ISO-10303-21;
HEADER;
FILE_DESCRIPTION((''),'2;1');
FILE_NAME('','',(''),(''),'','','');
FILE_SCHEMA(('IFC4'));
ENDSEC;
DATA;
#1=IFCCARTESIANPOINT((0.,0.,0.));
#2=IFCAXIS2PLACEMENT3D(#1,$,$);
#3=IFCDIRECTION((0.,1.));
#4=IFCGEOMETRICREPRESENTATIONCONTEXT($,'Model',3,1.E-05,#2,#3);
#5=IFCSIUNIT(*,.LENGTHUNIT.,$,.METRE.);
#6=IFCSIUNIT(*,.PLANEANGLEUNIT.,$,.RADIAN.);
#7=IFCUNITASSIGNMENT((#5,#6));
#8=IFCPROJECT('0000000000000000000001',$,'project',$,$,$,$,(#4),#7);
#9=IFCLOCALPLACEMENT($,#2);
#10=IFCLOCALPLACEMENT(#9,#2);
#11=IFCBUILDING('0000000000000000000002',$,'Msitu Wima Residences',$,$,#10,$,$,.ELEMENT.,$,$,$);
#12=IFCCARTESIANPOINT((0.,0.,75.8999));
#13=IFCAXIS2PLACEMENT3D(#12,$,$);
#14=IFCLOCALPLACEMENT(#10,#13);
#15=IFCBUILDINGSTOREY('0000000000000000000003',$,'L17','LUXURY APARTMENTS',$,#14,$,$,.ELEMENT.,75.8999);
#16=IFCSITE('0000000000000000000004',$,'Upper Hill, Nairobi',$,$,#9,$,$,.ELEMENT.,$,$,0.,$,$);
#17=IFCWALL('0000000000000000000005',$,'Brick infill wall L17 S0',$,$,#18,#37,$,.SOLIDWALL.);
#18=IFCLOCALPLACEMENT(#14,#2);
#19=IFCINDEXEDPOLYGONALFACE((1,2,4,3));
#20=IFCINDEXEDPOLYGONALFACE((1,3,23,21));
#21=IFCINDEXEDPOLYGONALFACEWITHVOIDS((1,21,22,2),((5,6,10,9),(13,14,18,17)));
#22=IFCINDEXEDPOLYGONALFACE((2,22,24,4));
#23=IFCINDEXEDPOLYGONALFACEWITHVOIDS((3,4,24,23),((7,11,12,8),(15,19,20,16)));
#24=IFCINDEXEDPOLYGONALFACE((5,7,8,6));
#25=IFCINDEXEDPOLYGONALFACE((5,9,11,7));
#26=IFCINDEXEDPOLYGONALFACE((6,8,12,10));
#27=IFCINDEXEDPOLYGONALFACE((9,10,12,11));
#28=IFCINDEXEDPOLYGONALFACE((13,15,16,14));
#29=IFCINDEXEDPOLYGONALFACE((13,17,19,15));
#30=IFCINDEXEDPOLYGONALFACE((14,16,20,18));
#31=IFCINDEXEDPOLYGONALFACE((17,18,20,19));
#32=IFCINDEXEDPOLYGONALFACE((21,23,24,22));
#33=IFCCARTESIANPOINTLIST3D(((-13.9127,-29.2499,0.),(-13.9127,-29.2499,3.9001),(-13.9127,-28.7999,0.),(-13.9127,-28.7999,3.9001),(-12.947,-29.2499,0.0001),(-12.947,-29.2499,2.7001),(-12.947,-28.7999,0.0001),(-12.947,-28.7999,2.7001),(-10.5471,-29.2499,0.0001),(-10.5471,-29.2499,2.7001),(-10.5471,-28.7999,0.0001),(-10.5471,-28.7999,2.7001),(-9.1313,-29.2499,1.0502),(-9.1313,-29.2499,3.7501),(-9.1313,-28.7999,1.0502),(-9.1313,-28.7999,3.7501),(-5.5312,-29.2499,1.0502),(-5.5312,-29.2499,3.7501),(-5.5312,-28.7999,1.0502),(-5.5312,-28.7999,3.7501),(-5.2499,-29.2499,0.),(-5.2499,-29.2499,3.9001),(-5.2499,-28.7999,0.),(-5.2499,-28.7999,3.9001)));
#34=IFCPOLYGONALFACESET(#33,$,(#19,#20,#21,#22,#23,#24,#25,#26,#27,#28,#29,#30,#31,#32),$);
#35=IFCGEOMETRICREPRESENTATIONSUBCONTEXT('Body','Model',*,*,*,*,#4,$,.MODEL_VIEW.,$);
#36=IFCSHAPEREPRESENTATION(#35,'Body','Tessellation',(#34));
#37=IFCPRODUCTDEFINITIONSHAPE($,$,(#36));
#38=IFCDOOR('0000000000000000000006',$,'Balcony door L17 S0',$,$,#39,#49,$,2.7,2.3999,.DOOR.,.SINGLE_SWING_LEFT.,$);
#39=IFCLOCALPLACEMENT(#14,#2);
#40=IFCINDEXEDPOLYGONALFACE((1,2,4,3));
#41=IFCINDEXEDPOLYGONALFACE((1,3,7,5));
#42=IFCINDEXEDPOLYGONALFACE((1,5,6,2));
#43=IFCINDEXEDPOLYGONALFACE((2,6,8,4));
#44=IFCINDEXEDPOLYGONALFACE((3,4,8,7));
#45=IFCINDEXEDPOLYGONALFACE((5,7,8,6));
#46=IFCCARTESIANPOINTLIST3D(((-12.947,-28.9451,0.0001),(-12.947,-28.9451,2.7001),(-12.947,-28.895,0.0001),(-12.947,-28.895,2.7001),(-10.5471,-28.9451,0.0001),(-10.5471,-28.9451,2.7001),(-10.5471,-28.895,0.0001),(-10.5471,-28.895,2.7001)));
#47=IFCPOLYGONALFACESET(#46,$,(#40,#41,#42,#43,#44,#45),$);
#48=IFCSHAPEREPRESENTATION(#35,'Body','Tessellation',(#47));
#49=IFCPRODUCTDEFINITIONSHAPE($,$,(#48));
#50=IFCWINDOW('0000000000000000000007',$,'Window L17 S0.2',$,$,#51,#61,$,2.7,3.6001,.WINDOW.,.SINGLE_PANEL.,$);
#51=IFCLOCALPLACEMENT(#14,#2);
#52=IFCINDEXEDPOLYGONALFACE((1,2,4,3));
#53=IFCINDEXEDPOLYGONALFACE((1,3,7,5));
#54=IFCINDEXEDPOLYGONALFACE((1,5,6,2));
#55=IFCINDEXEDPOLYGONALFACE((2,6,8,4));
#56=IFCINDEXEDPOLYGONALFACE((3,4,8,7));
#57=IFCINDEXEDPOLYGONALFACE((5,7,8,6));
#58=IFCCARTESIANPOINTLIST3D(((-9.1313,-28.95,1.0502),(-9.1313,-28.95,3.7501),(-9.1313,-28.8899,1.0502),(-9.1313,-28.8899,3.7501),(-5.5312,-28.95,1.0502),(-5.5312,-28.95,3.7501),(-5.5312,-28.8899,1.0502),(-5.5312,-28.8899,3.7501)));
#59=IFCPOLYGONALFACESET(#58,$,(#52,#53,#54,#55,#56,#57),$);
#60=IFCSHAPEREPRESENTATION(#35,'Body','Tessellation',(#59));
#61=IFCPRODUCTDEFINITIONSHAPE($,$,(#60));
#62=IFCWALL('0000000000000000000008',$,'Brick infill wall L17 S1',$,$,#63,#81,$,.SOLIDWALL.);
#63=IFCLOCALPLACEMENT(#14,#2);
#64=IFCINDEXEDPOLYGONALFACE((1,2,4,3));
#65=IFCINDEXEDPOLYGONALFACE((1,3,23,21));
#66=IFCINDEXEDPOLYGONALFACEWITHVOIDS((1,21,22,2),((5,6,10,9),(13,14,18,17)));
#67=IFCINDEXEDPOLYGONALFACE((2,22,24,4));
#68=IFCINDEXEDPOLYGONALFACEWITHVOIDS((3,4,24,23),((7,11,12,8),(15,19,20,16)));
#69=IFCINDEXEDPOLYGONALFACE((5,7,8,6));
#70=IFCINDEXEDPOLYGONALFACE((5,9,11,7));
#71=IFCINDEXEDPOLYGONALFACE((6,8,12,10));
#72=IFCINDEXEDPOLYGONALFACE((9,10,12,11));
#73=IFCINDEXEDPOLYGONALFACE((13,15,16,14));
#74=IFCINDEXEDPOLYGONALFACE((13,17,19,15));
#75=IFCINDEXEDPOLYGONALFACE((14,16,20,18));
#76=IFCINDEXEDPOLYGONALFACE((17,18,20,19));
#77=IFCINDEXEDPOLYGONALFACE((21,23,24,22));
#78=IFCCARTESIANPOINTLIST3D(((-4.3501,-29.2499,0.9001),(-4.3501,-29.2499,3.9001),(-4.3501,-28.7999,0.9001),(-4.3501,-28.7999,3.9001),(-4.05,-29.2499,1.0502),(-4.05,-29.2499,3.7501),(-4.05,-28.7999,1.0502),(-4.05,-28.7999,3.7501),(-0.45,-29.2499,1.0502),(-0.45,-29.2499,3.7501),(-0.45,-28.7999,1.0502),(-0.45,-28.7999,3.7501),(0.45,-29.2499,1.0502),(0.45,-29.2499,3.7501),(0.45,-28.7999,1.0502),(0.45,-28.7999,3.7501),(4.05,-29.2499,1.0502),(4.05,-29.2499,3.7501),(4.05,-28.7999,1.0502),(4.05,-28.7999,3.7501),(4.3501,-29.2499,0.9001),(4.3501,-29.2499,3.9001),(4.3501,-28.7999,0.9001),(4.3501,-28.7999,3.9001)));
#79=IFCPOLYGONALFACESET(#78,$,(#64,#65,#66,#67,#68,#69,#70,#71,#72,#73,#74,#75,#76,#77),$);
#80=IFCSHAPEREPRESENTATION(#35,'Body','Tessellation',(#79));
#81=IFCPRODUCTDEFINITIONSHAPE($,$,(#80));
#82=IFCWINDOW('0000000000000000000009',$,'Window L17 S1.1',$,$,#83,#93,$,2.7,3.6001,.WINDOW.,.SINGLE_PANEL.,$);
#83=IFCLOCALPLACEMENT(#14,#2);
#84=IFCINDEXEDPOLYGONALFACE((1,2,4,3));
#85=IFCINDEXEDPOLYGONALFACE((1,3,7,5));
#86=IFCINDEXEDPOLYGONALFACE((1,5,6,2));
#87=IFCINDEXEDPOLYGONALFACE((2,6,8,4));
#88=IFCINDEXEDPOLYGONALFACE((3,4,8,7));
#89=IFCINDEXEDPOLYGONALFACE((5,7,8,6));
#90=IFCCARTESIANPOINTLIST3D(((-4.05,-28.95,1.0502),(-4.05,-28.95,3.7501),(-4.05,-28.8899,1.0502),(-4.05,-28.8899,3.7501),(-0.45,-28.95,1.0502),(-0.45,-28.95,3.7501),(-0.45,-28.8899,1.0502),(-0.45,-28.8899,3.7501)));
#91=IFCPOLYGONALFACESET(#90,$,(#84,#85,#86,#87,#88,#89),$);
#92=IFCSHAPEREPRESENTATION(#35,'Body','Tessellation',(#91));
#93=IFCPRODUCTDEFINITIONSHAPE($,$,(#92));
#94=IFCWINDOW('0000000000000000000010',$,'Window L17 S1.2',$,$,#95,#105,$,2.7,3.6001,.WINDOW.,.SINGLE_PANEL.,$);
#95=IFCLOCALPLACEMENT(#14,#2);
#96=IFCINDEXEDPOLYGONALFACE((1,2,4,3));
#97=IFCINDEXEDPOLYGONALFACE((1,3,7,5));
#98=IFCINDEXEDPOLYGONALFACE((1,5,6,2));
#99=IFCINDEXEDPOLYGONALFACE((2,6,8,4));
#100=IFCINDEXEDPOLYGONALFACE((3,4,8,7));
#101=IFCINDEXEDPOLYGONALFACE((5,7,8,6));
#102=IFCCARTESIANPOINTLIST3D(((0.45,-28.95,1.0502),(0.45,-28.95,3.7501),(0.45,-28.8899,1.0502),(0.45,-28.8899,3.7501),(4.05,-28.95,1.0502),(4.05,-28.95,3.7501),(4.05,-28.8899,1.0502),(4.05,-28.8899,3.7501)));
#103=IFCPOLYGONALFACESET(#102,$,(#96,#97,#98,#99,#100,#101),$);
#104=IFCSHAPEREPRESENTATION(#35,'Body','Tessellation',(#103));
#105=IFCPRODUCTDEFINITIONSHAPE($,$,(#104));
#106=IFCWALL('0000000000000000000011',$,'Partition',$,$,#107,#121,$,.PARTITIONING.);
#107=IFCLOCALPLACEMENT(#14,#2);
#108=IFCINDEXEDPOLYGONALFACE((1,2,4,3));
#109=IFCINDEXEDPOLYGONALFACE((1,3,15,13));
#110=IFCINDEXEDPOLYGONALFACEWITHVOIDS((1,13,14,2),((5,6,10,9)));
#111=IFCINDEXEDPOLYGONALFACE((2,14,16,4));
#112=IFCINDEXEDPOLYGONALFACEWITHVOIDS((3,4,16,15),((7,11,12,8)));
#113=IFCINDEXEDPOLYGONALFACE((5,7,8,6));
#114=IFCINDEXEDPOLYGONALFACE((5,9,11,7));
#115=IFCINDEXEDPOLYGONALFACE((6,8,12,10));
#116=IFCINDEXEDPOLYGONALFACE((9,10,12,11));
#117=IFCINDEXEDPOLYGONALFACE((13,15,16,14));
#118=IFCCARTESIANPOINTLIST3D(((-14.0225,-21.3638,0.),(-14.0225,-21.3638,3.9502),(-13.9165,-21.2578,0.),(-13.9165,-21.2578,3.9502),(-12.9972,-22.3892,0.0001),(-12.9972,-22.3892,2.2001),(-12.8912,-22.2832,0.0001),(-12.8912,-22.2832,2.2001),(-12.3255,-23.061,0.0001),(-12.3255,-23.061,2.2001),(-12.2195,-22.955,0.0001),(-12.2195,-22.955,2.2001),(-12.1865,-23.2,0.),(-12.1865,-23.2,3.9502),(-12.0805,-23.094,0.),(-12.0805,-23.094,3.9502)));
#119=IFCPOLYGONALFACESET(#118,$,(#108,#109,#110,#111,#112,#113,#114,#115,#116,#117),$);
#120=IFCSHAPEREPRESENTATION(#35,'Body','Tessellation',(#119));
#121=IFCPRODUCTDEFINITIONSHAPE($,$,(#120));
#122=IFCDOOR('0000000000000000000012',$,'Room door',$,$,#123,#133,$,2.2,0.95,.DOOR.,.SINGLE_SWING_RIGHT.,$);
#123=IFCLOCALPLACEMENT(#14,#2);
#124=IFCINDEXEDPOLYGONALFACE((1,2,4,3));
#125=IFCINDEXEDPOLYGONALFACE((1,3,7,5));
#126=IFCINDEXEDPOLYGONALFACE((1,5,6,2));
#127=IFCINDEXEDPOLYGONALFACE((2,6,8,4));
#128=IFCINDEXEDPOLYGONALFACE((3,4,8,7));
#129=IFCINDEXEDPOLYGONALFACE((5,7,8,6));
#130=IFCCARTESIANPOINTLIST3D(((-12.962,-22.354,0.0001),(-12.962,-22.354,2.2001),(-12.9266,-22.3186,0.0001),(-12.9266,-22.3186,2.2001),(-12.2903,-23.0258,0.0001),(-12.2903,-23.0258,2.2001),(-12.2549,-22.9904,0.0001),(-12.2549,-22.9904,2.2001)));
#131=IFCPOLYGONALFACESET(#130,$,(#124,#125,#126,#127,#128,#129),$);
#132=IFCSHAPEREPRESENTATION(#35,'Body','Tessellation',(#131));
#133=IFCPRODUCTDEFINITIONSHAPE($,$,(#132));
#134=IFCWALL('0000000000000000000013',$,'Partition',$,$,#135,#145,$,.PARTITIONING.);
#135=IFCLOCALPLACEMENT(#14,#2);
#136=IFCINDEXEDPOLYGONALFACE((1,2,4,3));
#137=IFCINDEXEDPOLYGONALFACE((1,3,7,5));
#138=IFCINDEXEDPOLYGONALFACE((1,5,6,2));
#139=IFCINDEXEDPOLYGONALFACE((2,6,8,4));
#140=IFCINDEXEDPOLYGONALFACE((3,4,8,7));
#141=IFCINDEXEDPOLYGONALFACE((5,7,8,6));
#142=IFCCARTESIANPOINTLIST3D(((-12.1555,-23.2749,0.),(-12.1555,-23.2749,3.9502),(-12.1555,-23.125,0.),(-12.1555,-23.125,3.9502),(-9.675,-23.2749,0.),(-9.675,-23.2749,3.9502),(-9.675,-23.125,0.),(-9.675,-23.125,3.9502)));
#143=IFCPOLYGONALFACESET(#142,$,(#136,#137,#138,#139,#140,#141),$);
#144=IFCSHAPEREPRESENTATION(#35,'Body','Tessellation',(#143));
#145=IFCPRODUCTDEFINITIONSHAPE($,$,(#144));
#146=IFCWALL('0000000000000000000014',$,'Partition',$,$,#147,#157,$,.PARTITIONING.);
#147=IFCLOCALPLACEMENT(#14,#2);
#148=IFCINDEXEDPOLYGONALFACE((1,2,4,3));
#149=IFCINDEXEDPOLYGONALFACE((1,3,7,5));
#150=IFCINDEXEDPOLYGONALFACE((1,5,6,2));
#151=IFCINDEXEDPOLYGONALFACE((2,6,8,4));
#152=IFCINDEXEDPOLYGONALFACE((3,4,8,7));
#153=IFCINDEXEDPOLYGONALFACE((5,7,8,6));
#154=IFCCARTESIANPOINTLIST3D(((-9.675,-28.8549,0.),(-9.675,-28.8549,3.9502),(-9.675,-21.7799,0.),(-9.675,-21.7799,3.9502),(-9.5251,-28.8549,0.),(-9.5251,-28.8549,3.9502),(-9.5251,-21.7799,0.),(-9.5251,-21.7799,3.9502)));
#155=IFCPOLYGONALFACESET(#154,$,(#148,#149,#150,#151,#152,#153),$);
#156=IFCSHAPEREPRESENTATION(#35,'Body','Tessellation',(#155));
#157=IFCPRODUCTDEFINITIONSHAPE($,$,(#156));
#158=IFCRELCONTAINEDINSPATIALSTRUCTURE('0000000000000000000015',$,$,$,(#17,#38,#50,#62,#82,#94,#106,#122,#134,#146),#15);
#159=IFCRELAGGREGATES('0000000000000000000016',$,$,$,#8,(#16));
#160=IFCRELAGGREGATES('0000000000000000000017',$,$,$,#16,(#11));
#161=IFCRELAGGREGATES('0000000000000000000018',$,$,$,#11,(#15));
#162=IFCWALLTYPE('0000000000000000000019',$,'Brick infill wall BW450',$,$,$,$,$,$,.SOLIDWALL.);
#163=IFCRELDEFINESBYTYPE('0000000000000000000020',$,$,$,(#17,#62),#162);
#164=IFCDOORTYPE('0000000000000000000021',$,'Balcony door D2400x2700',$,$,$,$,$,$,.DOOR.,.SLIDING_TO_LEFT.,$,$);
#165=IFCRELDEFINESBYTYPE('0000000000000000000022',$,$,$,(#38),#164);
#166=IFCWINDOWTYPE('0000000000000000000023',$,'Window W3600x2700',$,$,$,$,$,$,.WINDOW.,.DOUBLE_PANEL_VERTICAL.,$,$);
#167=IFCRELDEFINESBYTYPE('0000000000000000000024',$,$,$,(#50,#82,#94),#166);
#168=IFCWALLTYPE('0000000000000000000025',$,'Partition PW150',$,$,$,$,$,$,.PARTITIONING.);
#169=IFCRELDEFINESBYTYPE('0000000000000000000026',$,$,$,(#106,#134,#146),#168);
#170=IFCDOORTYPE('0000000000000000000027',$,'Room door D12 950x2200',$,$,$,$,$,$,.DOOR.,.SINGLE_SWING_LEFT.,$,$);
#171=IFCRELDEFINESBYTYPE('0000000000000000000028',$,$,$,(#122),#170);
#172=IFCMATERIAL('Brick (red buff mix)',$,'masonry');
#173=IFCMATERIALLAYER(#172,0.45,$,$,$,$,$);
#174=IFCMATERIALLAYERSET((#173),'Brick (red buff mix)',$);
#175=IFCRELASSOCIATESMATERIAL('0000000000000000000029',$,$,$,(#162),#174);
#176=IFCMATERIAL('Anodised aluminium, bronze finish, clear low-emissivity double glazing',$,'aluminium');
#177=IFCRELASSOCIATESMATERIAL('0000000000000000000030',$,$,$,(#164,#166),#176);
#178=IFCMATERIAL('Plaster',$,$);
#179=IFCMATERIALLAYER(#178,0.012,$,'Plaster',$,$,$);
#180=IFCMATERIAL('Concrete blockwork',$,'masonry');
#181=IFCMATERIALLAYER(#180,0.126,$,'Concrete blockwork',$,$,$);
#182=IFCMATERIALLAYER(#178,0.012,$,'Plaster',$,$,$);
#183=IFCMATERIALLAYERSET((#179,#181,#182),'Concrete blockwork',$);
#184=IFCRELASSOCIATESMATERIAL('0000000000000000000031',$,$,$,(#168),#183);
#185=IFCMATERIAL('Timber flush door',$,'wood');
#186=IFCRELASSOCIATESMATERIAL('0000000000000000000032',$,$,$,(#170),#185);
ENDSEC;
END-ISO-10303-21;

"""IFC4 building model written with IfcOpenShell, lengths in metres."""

from ifc_helpers import new_model, si_unit, direction, frame, frame_2d, origin, place, context, subcontext, project, spatial, rectangle, extrude, material, layer, layer_set, type_object, element, fill, save


model = new_model("IFC4")

# Units and contexts
model_context = context("Model", 3, precision=1e-05, world=origin(), true_north=direction((0.0, 1.0)))
body_context = subcontext(model_context, "Body", "Model", "MODEL_VIEW")
ifc_project = project(units=[si_unit("LENGTHUNIT", "METRE"), si_unit("PLANEANGLEUNIT", "RADIAN")], contexts=[model_context])

# Site, building, storey
site_placement = place(None, origin())
site = spatial("IfcSite", under=ifc_project, at=site_placement, Name="Upper Hill, Nairobi", CompositionType="ELEMENT", RefElevation=0.0)
building_placement = place(site_placement, origin())
building = spatial("IfcBuilding", under=site, at=building_placement, Name="Msitu Wima Residences", CompositionType="ELEMENT")
storey_placement = place(building_placement, frame((0.0, 0.0, 75.8999)))
storey = spatial("IfcBuildingStorey", under=building, at=storey_placement, Name="L17", Description="LUXURY APARTMENTS", CompositionType="ELEMENT", Elevation=75.8999)

# Wall, openings, door, window
ifc_material_1 = material(Name="Brick (red buff mix)", Category="masonry")
ifc_layer_1 = layer(ifc_material_1, 0.45)
ifc_layer_set_1 = layer_set([ifc_layer_1], Name="Brick (red buff mix)")
wall_type_1 = type_object("IfcWallType", Name="Brick infill wall BW450", PredefinedType="SOLIDWALL", material=ifc_layer_set_1)
wall_1_placement = place(storey_placement, frame((-13.9128, -29.0249, 0.0), z_axis=(0.0, 0.0, 1.0), x_axis=(1.0, 0.0, 0.0)))
wall_1 = element("IfcWall", 1, at=wall_1_placement, inside=storey, type_object=wall_type_1, Name="Brick infill wall L17 S0", PredefinedType="SOLIDWALL", context=body_context, shape_type="SweptSolid", body=[
    extrude(rectangle(XDim=8.6628, YDim=0.45, at=frame_2d((4.3315, 0.0))), origin(), (0.0, 0.0, 1.0), 3.9001),
])
opening_1_placement = place(wall_1_placement, frame((0.9658, 0.0, 0.0)))
opening_1 = element("IfcOpeningElement", 2, at=opening_1_placement, cuts=wall_1, PredefinedType="OPENING", context=body_context, shape_type="SweptSolid", body=[
    extrude(rectangle(XDim=2.3999, YDim=2.7, at=frame_2d((1.2, 1.3501))), frame((0.0, 0.2349, 0.0), z_axis=(0.0, -1.0, 0.0), x_axis=(1.0, 0.0, 0.0)), (0.0, 0.0, 1.0), 0.47),
])
opening_2_placement = place(wall_1_placement, frame((4.7815, 0.0, 1.05)))
opening_2 = element("IfcOpeningElement", 3, at=opening_2_placement, cuts=wall_1, PredefinedType="OPENING", context=body_context, shape_type="SweptSolid", body=[
    extrude(rectangle(XDim=3.6001, YDim=2.7, at=frame_2d((1.8, 1.3501))), frame((0.0, 0.2349, 0.0), z_axis=(0.0, -1.0, 0.0), x_axis=(1.0, 0.0, 0.0)), (0.0, 0.0, 1.0), 0.47),
])
ifc_material_2 = material(Name="Anodised aluminium, bronze finish, clear low-emissivity double glazing", Category="aluminium")
door_type_1 = type_object("IfcDoorType", Name="Balcony door D2400x2700", OperationType="SLIDING_TO_LEFT", PredefinedType="DOOR", material=ifc_material_2)
door_1_placement = place(opening_1_placement, origin())
door_1 = element("IfcDoor", 4, at=door_1_placement, inside=storey, type_object=door_type_1, Name="Balcony door L17 S0", OperationType="SINGLE_SWING_LEFT", OverallHeight=2.7, OverallWidth=2.3999, PredefinedType="DOOR", context=body_context, shape_type="SweptSolid", body=[
    extrude(rectangle(XDim=2.3999, YDim=2.7, at=frame_2d((1.2, 1.3501))), frame((0.0, 0.1299, 0.0), z_axis=(0.0, -1.0, 0.0), x_axis=(1.0, 0.0, 0.0)), (0.0, 0.0, 1.0), 0.05),
])
fill(opening_1, door_1)
window_type = type_object("IfcWindowType", Name="Window W3600x2700", PartitioningType="DOUBLE_PANEL_VERTICAL", PredefinedType="WINDOW", material=ifc_material_2)
window_1_placement = place(opening_2_placement, origin())
window_1 = element("IfcWindow", 5, at=window_1_placement, inside=storey, type_object=window_type, Name="Window L17 S0.2", OverallHeight=2.7, OverallWidth=3.6001, PartitioningType="SINGLE_PANEL", PredefinedType="WINDOW", context=body_context, shape_type="SweptSolid", body=[
    extrude(rectangle(XDim=3.6001, YDim=2.7, at=frame_2d((1.8, 1.3501))), frame((0.0, 0.135, 0.0), z_axis=(0.0, -1.0, 0.0), x_axis=(1.0, 0.0, 0.0)), (0.0, 0.0, 1.0), 0.0601),
])
fill(opening_2, window_1)

# Wall, openings, windows
wall_2_placement = place(storey_placement, frame((-4.3501, -29.0249, 0.9001), z_axis=(0.0, 0.0, 1.0), x_axis=(1.0, 0.0, 0.0)))
wall_2 = element("IfcWall", 6, at=wall_2_placement, inside=storey, type_object=wall_type_1, Name="Brick infill wall L17 S1", PredefinedType="SOLIDWALL", context=body_context, shape_type="SweptSolid", body=[
    extrude(rectangle(XDim=8.7002, YDim=0.45, at=frame_2d((4.3501, 0.0))), origin(), (0.0, 0.0, 1.0), 3.0),
])
opening_3_placement = place(wall_2_placement, frame((0.3, 0.0, 0.1499)))
opening_3 = element("IfcOpeningElement", 7, at=opening_3_placement, cuts=wall_2, PredefinedType="OPENING", context=body_context, shape_type="SweptSolid", body=[
    extrude(rectangle(XDim=3.6001, YDim=2.7, at=frame_2d((1.8, 1.3501))), frame((0.0, 0.2349, 0.0), z_axis=(0.0, -1.0, 0.0), x_axis=(1.0, 0.0, 0.0)), (0.0, 0.0, 1.0), 0.47),
])
opening_4_placement = place(wall_2_placement, frame((4.8, 0.0, 0.1499)))
opening_4 = element("IfcOpeningElement", 8, at=opening_4_placement, cuts=wall_2, PredefinedType="OPENING", context=body_context, shape_type="SweptSolid", body=[
    extrude(rectangle(XDim=3.6001, YDim=2.7, at=frame_2d((1.8, 1.3501))), frame((0.0, 0.2349, 0.0), z_axis=(0.0, -1.0, 0.0), x_axis=(1.0, 0.0, 0.0)), (0.0, 0.0, 1.0), 0.47),
])
window_2_placement = place(opening_3_placement, origin())
window_2 = element("IfcWindow", 9, at=window_2_placement, inside=storey, type_object=window_type, Name="Window L17 S1.1", OverallHeight=2.7, OverallWidth=3.6001, PartitioningType="SINGLE_PANEL", PredefinedType="WINDOW", context=body_context, shape_type="SweptSolid", body=[
    extrude(rectangle(XDim=3.6001, YDim=2.7, at=frame_2d((1.8, 1.3501))), frame((0.0, 0.135, 0.0), z_axis=(0.0, -1.0, 0.0), x_axis=(1.0, 0.0, 0.0)), (0.0, 0.0, 1.0), 0.0601),
])
fill(opening_3, window_2)
window_3_placement = place(opening_4_placement, origin())
window_3 = element("IfcWindow", 10, at=window_3_placement, inside=storey, type_object=window_type, Name="Window L17 S1.2", OverallHeight=2.7, OverallWidth=3.6001, PartitioningType="SINGLE_PANEL", PredefinedType="WINDOW", context=body_context, shape_type="SweptSolid", body=[
    extrude(rectangle(XDim=3.6001, YDim=2.7, at=frame_2d((1.8, 1.3501))), frame((0.0, 0.135, 0.0), z_axis=(0.0, -1.0, 0.0), x_axis=(1.0, 0.0, 0.0)), (0.0, 0.0, 1.0), 0.0601),
])
fill(opening_4, window_3)

# Wall, opening, door
ifc_material_3 = material(Name="Plaster")
ifc_layer_2 = layer(ifc_material_3, 0.012, Name="Plaster")
ifc_material_4 = material(Name="Concrete blockwork", Category="masonry")
ifc_layer_3 = layer(ifc_material_4, 0.126, Name="Concrete blockwork")
ifc_layer_4 = layer(ifc_material_3, 0.012, Name="Plaster")
ifc_layer_set_2 = layer_set([ifc_layer_2, ifc_layer_3, ifc_layer_4], Name="Concrete blockwork")
wall_type_2 = type_object("IfcWallType", Name="Partition PW150", PredefinedType="PARTITIONING", material=ifc_layer_set_2)
wall_3_placement = place(storey_placement, frame((-13.9695, -21.3108, 0.0), z_axis=(0.0, 0.0, 1.0), x_axis=(0.70706, -0.707154, 0.0)))
wall_3 = element("IfcWall", 11, at=wall_3_placement, inside=storey, type_object=wall_type_2, Name="Partition", PredefinedType="PARTITIONING", context=body_context, shape_type="SweptSolid", body=[
    extrude(rectangle(XDim=2.5967, YDim=0.1499, at=frame_2d((1.2983, 0.0))), origin(), (0.0, 0.0, 1.0), 3.9502),
])
opening_5_placement = place(wall_3_placement, frame((1.45, 0.0, 0.0)))
opening_5 = element("IfcOpeningElement", 12, at=opening_5_placement, cuts=wall_3, PredefinedType="OPENING", context=body_context, shape_type="SweptSolid", body=[
    extrude(rectangle(XDim=0.95, YDim=2.2, at=frame_2d((0.4751, 1.1001))), frame((0.0, 0.085, 0.0), z_axis=(0.0, -1.0, 0.0), x_axis=(1.0, 0.0, 0.0)), (0.0, 0.0, 1.0), 0.1699),
])
ifc_material_5 = material(Name="Timber flush door", Category="wood")
door_type_2 = type_object("IfcDoorType", Name="Room door D12 950x2200", OperationType="SINGLE_SWING_LEFT", PredefinedType="DOOR", material=ifc_material_5)
door_2_placement = place(opening_5_placement, origin())
door_2 = element("IfcDoor", 13, at=door_2_placement, inside=storey, type_object=door_type_2, Name="Room door", OperationType="SINGLE_SWING_RIGHT", OverallHeight=2.2, OverallWidth=0.95, PredefinedType="DOOR", context=body_context, shape_type="SweptSolid", body=[
    extrude(rectangle(XDim=0.95, YDim=2.2, at=frame_2d((0.4751, 1.1001))), frame((0.0, 0.0249, 0.0), z_axis=(0.0, -1.0, 0.0), x_axis=(1.0, 0.0, 0.0)), (0.0, 0.0, 1.0), 0.05),
])
fill(opening_5, door_2)

# Walls
wall_4_placement = place(storey_placement, frame((-12.1555, -23.2, 0.0), z_axis=(0.0, 0.0, 1.0), x_axis=(1.0, 0.0, 0.0)))
element("IfcWall", 14, at=wall_4_placement, inside=storey, type_object=wall_type_2, Name="Partition", PredefinedType="PARTITIONING", context=body_context, shape_type="SweptSolid", body=[
    extrude(rectangle(XDim=2.4805, YDim=0.1499, at=frame_2d((1.2402, 0.0))), origin(), (0.0, 0.0, 1.0), 3.9502),
])
wall_5_placement = place(storey_placement, frame((-9.6001, -28.855, 0.0), z_axis=(0.0, 0.0, 1.0), x_axis=(0.0, 1.0, 0.0)))
element("IfcWall", 15, at=wall_5_placement, inside=storey, type_object=wall_type_2, Name="Partition", PredefinedType="PARTITIONING", context=body_context, shape_type="SweptSolid", body=[
    extrude(rectangle(XDim=7.075, YDim=0.1499, at=frame_2d((3.5376, 0.0))), origin(), (0.0, 0.0, 1.0), 3.9502),
])

save(model, "model.ifc")
